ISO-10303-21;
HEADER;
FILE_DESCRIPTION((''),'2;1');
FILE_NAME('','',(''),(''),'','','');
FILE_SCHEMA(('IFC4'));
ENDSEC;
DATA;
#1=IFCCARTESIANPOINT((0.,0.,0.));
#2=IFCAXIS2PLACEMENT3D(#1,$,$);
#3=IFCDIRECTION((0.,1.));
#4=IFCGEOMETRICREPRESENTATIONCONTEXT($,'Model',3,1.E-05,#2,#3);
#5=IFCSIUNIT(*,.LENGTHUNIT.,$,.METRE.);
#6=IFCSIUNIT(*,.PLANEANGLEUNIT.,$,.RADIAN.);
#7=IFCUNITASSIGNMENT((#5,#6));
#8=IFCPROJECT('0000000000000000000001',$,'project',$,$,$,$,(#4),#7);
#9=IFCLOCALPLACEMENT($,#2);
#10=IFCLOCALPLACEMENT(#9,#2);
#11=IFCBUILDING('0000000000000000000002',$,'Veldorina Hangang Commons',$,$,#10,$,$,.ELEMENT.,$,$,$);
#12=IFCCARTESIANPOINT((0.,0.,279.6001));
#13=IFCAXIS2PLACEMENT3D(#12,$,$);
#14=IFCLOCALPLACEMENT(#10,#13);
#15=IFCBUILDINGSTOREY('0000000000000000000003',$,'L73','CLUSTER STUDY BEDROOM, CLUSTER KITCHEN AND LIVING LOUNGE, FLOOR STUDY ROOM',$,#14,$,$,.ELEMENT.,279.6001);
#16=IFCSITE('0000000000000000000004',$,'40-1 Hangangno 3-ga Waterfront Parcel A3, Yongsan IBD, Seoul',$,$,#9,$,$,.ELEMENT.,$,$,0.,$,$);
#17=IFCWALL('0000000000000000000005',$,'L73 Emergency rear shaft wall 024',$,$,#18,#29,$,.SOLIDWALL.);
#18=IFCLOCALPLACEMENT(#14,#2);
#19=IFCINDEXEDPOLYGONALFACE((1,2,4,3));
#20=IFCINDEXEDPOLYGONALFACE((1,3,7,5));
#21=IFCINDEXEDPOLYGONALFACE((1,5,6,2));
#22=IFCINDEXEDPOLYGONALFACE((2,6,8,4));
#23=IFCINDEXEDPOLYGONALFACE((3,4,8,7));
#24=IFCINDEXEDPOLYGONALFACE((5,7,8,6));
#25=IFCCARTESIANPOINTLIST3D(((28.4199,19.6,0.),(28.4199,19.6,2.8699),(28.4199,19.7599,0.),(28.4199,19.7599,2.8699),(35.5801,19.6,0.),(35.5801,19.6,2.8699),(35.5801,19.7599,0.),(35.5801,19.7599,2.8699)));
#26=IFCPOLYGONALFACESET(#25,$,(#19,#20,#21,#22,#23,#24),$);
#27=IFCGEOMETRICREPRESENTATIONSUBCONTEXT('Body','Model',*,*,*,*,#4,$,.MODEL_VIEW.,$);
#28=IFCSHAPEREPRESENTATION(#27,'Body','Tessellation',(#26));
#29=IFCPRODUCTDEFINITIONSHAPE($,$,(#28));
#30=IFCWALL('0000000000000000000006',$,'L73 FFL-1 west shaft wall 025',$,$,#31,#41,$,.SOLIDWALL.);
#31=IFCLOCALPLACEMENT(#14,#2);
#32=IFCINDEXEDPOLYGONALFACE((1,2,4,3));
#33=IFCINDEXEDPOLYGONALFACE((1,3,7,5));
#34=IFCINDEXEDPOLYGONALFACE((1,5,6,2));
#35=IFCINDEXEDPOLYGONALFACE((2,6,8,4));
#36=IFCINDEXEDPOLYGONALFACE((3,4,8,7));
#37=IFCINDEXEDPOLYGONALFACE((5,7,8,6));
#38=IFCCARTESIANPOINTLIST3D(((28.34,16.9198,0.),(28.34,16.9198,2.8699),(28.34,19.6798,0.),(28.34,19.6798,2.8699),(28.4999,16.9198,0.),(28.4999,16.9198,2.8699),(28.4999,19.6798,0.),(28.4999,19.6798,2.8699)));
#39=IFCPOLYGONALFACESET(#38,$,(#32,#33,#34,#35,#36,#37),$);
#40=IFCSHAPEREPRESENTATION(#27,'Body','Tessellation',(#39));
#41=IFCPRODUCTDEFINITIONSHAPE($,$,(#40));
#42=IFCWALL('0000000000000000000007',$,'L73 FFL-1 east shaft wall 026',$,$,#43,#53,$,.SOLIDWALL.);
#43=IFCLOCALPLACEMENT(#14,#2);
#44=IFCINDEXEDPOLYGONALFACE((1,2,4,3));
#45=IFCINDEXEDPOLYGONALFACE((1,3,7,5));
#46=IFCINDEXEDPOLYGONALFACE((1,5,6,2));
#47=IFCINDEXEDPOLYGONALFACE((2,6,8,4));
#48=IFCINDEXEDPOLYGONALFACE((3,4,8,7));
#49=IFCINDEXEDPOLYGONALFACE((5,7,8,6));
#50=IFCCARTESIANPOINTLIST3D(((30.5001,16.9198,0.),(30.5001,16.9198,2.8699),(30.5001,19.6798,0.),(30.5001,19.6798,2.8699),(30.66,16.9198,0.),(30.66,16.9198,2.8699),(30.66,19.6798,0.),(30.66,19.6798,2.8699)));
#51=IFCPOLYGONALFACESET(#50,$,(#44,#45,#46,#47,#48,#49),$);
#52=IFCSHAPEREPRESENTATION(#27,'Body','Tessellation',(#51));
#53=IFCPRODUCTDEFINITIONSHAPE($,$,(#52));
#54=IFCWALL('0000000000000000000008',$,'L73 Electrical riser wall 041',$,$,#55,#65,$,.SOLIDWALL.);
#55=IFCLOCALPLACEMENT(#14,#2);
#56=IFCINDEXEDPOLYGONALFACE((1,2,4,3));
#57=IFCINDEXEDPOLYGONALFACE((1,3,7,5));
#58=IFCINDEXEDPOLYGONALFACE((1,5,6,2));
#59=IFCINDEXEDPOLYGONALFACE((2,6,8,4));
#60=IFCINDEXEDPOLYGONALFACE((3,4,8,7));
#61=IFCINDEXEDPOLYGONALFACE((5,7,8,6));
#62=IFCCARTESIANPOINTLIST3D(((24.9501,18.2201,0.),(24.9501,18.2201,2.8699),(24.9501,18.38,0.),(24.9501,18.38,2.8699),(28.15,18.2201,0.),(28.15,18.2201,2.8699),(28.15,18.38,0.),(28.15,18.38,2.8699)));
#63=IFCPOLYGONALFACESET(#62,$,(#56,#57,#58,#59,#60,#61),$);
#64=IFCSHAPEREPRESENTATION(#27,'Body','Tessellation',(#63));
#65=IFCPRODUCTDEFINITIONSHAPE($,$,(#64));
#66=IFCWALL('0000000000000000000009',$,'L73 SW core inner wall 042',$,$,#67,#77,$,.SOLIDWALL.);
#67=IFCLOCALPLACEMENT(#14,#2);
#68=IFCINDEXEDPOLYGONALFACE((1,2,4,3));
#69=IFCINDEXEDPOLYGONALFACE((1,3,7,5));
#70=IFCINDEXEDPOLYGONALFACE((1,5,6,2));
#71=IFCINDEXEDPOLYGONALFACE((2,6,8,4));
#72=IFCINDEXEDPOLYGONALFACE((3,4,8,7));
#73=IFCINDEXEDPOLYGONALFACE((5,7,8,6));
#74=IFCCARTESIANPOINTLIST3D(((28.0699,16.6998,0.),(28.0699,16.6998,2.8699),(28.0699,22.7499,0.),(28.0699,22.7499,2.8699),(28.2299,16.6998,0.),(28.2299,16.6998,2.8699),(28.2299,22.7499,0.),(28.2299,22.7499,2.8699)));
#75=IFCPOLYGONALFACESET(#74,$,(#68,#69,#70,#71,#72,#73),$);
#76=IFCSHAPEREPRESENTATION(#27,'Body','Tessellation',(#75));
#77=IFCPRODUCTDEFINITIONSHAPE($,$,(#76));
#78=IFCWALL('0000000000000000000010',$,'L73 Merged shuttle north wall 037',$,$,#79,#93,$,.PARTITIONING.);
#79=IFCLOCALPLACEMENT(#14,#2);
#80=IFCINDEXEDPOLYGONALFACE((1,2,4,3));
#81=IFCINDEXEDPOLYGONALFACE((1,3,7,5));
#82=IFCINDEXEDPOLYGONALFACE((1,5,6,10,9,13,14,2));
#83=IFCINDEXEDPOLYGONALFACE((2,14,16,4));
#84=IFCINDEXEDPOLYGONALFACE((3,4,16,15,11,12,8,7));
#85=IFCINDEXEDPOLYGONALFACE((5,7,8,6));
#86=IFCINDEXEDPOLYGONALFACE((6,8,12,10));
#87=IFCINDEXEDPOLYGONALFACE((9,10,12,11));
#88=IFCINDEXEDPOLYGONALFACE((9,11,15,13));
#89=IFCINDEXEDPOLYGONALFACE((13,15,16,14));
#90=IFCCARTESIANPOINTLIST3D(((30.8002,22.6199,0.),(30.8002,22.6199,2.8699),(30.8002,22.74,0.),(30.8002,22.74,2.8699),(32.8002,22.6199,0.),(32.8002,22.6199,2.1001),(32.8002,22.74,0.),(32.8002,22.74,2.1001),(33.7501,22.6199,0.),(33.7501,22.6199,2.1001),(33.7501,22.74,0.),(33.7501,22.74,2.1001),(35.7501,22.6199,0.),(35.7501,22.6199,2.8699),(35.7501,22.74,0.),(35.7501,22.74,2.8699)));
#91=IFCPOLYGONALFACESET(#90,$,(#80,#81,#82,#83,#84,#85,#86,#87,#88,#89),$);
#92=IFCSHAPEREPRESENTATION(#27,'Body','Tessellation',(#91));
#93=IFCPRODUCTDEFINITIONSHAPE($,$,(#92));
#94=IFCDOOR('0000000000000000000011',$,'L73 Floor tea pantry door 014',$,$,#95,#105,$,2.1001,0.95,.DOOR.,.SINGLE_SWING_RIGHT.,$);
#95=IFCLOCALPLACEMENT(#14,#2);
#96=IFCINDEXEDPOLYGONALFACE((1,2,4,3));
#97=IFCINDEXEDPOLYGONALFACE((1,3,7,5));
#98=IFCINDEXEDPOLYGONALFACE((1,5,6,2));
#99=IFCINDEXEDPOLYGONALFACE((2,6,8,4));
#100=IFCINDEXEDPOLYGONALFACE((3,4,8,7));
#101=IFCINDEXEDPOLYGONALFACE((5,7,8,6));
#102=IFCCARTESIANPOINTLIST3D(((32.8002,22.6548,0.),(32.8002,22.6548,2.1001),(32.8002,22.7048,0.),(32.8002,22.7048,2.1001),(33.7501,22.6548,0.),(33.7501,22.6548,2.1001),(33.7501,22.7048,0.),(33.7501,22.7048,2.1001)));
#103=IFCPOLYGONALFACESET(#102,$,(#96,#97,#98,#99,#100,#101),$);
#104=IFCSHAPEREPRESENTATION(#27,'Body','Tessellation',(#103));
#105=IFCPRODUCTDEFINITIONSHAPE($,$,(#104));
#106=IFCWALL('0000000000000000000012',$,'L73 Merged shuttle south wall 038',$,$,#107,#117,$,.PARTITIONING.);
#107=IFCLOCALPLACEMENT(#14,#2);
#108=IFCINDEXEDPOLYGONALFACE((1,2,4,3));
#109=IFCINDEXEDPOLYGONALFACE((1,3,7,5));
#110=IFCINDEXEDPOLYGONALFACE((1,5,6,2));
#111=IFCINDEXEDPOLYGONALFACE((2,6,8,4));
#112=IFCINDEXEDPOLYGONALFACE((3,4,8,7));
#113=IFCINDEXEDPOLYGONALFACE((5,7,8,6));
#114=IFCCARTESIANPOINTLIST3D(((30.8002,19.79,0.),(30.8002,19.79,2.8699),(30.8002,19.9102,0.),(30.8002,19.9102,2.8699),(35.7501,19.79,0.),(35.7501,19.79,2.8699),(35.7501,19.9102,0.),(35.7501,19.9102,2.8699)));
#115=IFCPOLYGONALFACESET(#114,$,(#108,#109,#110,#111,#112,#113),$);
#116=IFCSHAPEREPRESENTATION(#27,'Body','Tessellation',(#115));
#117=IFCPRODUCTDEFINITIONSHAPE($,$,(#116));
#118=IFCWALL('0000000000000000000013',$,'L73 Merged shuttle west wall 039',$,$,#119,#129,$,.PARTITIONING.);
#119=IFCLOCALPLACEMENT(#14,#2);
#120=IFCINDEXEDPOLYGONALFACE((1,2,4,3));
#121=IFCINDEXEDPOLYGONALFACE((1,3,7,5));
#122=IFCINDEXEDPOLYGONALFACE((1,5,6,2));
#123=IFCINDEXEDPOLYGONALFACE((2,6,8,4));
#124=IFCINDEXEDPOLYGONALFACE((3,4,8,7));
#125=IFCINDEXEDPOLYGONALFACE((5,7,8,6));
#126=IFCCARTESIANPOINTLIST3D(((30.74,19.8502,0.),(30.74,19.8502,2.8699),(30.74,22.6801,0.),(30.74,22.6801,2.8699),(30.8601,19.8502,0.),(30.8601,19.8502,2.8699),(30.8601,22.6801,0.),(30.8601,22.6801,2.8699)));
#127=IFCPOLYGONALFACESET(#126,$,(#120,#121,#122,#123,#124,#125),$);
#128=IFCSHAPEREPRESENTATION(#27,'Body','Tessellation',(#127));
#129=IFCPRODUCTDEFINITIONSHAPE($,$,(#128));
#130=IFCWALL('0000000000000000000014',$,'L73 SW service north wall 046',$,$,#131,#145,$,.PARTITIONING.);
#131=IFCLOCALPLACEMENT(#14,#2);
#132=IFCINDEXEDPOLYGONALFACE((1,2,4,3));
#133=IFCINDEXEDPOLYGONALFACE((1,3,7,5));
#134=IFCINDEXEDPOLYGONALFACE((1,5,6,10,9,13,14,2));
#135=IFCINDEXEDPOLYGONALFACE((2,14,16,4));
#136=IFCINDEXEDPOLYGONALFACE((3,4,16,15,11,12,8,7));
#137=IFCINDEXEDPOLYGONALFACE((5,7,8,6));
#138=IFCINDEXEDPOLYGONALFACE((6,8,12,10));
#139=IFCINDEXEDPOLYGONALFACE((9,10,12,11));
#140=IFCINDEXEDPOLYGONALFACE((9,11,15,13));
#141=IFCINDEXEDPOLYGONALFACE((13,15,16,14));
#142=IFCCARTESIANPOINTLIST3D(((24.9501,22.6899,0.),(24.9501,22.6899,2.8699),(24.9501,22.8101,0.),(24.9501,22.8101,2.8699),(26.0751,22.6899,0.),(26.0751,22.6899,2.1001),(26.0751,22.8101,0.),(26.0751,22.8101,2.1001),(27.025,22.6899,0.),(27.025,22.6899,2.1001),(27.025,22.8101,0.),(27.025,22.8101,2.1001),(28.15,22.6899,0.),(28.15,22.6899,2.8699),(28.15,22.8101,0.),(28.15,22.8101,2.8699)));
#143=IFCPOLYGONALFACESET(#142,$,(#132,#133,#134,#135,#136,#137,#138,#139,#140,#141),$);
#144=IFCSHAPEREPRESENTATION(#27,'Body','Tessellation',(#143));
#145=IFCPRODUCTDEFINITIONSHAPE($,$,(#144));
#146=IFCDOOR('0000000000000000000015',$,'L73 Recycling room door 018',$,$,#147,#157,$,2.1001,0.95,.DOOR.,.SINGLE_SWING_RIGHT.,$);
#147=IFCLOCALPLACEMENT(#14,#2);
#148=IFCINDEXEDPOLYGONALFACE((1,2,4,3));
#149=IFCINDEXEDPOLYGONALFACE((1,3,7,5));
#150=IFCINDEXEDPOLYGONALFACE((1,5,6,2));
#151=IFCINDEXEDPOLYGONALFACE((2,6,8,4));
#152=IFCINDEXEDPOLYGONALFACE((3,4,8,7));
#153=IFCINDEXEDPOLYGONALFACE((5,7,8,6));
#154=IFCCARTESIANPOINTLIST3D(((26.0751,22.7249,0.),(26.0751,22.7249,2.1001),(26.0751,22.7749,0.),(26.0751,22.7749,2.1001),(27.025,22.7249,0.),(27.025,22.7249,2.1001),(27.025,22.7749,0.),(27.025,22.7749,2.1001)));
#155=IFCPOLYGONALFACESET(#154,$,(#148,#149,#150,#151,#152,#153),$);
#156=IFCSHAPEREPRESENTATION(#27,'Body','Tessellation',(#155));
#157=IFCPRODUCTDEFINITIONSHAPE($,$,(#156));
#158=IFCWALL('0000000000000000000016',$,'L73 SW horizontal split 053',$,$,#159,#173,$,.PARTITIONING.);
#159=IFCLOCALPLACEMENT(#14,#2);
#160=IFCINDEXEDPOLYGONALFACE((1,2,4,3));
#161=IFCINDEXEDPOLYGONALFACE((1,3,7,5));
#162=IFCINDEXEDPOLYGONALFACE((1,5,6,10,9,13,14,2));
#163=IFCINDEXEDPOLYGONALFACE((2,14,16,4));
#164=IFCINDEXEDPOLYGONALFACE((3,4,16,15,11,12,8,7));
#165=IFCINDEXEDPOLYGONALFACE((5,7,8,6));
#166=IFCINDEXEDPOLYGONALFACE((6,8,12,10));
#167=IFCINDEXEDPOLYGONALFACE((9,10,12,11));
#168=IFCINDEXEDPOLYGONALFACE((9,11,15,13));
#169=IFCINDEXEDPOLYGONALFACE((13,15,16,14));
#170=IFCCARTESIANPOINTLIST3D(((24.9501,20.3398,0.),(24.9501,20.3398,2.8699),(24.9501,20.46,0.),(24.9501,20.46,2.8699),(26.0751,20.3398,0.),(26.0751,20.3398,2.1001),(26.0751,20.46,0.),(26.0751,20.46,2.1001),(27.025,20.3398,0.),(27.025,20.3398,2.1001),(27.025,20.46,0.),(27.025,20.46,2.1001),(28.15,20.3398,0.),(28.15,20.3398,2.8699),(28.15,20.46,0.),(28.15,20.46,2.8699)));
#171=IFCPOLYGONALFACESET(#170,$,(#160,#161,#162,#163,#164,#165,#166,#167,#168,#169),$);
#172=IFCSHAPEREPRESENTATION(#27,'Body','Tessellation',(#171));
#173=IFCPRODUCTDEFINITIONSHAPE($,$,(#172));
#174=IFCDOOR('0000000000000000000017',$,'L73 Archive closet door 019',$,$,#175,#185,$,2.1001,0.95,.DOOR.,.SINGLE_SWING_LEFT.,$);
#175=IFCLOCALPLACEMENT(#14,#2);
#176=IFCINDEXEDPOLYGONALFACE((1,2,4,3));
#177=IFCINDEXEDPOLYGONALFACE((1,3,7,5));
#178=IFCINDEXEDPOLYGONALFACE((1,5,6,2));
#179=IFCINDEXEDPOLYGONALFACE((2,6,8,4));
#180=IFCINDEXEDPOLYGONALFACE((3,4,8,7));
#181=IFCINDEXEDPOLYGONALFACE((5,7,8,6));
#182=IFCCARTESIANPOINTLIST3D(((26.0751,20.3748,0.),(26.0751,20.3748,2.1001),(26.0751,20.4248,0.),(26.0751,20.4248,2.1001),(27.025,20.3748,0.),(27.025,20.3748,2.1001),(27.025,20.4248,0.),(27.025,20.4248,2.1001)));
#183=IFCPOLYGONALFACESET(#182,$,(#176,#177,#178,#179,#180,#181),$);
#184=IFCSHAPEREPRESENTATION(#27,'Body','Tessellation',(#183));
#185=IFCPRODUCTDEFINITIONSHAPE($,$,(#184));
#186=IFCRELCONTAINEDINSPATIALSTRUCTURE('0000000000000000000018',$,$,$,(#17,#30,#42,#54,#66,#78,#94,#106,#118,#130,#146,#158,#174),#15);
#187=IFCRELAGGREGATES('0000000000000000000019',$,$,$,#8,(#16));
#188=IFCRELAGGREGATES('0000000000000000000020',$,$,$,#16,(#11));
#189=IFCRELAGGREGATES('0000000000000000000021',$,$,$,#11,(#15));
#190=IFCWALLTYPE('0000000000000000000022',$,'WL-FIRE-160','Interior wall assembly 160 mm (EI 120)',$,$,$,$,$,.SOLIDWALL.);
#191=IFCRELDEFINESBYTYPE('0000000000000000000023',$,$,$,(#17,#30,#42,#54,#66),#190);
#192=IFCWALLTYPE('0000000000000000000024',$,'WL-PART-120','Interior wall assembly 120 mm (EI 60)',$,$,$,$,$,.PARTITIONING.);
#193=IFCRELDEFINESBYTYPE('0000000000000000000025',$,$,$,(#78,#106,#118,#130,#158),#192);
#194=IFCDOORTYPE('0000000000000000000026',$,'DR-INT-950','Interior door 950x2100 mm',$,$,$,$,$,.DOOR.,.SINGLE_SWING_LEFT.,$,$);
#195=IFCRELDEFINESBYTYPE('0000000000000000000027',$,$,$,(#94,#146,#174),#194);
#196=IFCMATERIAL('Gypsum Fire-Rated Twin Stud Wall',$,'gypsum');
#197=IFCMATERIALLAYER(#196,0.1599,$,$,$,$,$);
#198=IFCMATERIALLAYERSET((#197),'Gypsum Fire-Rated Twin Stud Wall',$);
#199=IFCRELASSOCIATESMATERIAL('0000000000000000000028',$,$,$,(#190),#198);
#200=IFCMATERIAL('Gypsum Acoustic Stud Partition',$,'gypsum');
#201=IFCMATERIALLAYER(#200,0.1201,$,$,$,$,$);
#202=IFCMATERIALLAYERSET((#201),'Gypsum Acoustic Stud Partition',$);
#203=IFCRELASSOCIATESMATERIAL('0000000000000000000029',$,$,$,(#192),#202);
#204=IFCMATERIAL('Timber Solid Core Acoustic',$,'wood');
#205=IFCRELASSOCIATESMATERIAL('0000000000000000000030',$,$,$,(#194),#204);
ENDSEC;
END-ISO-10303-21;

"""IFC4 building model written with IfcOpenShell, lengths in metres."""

from ifc_helpers import new_model, si_unit, direction, frame, frame_2d, origin, place, context, subcontext, project, spatial, rectangle, extrude, material, layer, layer_set, type_object, element, fill, save


model = new_model("IFC4")

# Units and contexts
model_context = context("Model", 3, precision=1e-05, world=origin(), true_north=direction((0.0, 1.0)))
body_context = subcontext(model_context, "Body", "Model", "MODEL_VIEW")
ifc_project = project(units=[si_unit("LENGTHUNIT", "METRE"), si_unit("PLANEANGLEUNIT", "RADIAN")], contexts=[model_context])

# Site, building, storey
site_placement = place(None, origin())
site = spatial("IfcSite", under=ifc_project, at=site_placement, Name="40-1 Hangangno 3-ga Waterfront Parcel A3, Yongsan IBD, Seoul", CompositionType="ELEMENT", RefElevation=0.0)
building_placement = place(site_placement, origin())
building = spatial("IfcBuilding", under=site, at=building_placement, Name="Veldorina Hangang Commons", CompositionType="ELEMENT")
storey_placement = place(building_placement, frame((0.0, 0.0, 279.6001)))
storey = spatial("IfcBuildingStorey", under=building, at=storey_placement, Name="L73", Description="CLUSTER STUDY BEDROOM, CLUSTER KITCHEN AND LIVING LOUNGE, FLOOR STUDY ROOM", CompositionType="ELEMENT", Elevation=279.6001)

# Shared definitions
ifc_material_1 = material(Name="Gypsum Fire-Rated Twin Stud Wall", Category="gypsum")
ifc_layer_1 = layer(ifc_material_1, 0.1599)
ifc_layer_set_1 = layer_set([ifc_layer_1], Name="Gypsum Fire-Rated Twin Stud Wall")
wall_type_1 = type_object("IfcWallType", Name="WL-FIRE-160", Description="Interior wall assembly 160 mm (EI 120)", PredefinedType="SOLIDWALL", material=ifc_layer_set_1)

# Walls
wall_1_placement = place(storey_placement, frame((28.4199, 19.6799, 0.0), z_axis=(0.0, 0.0, 1.0), x_axis=(1.0, 0.0, 0.0)))
element("IfcWall", 1, at=wall_1_placement, inside=storey, type_object=wall_type_1, Name="L73 Emergency rear shaft wall 024", PredefinedType="SOLIDWALL", context=body_context, shape_type="SweptSolid", body=[
    extrude(rectangle(XDim=7.1602, YDim=0.1599, at=frame_2d((3.5801, 0.0))), origin(), (0.0, 0.0, 1.0), 2.8699),
])
for number, where, z_axis, x_axis, name in (
    (2, (28.4199, 16.9199, 0.0), (0.0, 0.0, 1.0), (0.0, 1.0, 0.0), "L73 FFL-1 west shaft wall 025"),
    (3, (30.5801, 16.9199, 0.0), (0.0, 0.0, 1.0), (0.0, 1.0, 0.0), "L73 FFL-1 east shaft wall 026"),
):
    element("IfcWall", number, at=place(storey_placement, frame(where, z_axis=z_axis, x_axis=x_axis)), inside=storey, type_object=wall_type_1, Name=name, PredefinedType="SOLIDWALL", context=body_context, shape_type="SweptSolid", body=[
        extrude(rectangle(XDim=2.76, YDim=0.1599, at=frame_2d((1.3799, 0.0))), origin(), (0.0, 0.0, 1.0), 2.8699),
    ])
wall_2_placement = place(storey_placement, frame((24.95, 18.3, 0.0), z_axis=(0.0, 0.0, 1.0), x_axis=(1.0, 0.0, 0.0)))
element("IfcWall", 4, at=wall_2_placement, inside=storey, type_object=wall_type_1, Name="L73 Electrical riser wall 041", PredefinedType="SOLIDWALL", context=body_context, shape_type="SweptSolid", body=[
    extrude(rectangle(XDim=3.2, YDim=0.1599, at=frame_2d((1.6001, 0.0))), origin(), (0.0, 0.0, 1.0), 2.8699),
])
wall_3_placement = place(storey_placement, frame((28.1499, 16.7, 0.0), z_axis=(0.0, 0.0, 1.0), x_axis=(0.0, 1.0, 0.0)))
element("IfcWall", 5, at=wall_3_placement, inside=storey, type_object=wall_type_1, Name="L73 SW core inner wall 042", PredefinedType="SOLIDWALL", context=body_context, shape_type="SweptSolid", body=[
    extrude(rectangle(XDim=6.05, YDim=0.1599, at=frame_2d((3.0249, 0.0))), origin(), (0.0, 0.0, 1.0), 2.8699),
])

# Wall, opening, door
ifc_material_2 = material(Name="Gypsum Acoustic Stud Partition", Category="gypsum")
ifc_layer_2 = layer(ifc_material_2, 0.1201)
ifc_layer_set_2 = layer_set([ifc_layer_2], Name="Gypsum Acoustic Stud Partition")
wall_type_2 = type_object("IfcWallType", Name="WL-PART-120", Description="Interior wall assembly 120 mm (EI 60)", PredefinedType="PARTITIONING", material=ifc_layer_set_2)
wall_4_placement = place(storey_placement, frame((30.8, 22.6799, 0.0), z_axis=(0.0, 0.0, 1.0), x_axis=(1.0, 0.0, 0.0)))
wall_4 = element("IfcWall", 6, at=wall_4_placement, inside=storey, type_object=wall_type_2, Name="L73 Merged shuttle north wall 037", PredefinedType="PARTITIONING", context=body_context, shape_type="SweptSolid", body=[
    extrude(rectangle(XDim=4.95, YDim=0.1201, at=frame_2d((2.4751, 0.0))), origin(), (0.0, 0.0, 1.0), 2.8699),
])
opening_1_placement = place(wall_4_placement, frame((2.0, 0.0, 0.0)))
opening_1 = element("IfcOpeningElement", 7, at=opening_1_placement, cuts=wall_4, PredefinedType="OPENING", context=body_context, shape_type="SweptSolid", body=[
    extrude(rectangle(XDim=0.95, YDim=2.1001, at=frame_2d((0.4751, 1.05))), frame((0.0, 0.0701, 0.0), z_axis=(0.0, -1.0, 0.0), x_axis=(1.0, 0.0, 0.0)), (0.0, 0.0, 1.0), 0.1401),
])
ifc_material_3 = material(Name="Timber Solid Core Acoustic", Category="wood")
door_type_1 = type_object("IfcDoorType", Name="DR-INT-950", Description="Interior door 950x2100 mm", OperationType="SINGLE_SWING_LEFT", PredefinedType="DOOR", material=ifc_material_3)
door_1_placement = place(opening_1_placement, origin())
door_1 = element("IfcDoor", 8, at=door_1_placement, inside=storey, type_object=door_type_1, Name="L73 Floor tea pantry door 014", OperationType="SINGLE_SWING_RIGHT", OverallHeight=2.1001, OverallWidth=0.95, PredefinedType="DOOR", context=body_context, shape_type="SweptSolid", body=[
    extrude(rectangle(XDim=0.95, YDim=2.1001, at=frame_2d((0.4751, 1.05))), frame((0.0, 0.0249, 0.0), z_axis=(0.0, -1.0, 0.0), x_axis=(1.0, 0.0, 0.0)), (0.0, 0.0, 1.0), 0.05),
])
fill(opening_1, door_1)

# Walls
wall_5_placement = place(storey_placement, frame((30.8, 19.8501, 0.0), z_axis=(0.0, 0.0, 1.0), x_axis=(1.0, 0.0, 0.0)))
element("IfcWall", 9, at=wall_5_placement, inside=storey, type_object=wall_type_2, Name="L73 Merged shuttle south wall 038", PredefinedType="PARTITIONING", context=body_context, shape_type="SweptSolid", body=[
    extrude(rectangle(XDim=4.95, YDim=0.1201, at=frame_2d((2.4751, 0.0))), origin(), (0.0, 0.0, 1.0), 2.8699),
])
wall_6_placement = place(storey_placement, frame((30.8, 19.8501, 0.0), z_axis=(0.0, 0.0, 1.0), x_axis=(0.0, 1.0, 0.0)))
element("IfcWall", 10, at=wall_6_placement, inside=storey, type_object=wall_type_2, Name="L73 Merged shuttle west wall 039", PredefinedType="PARTITIONING", context=body_context, shape_type="SweptSolid", body=[
    extrude(rectangle(XDim=2.8298, YDim=0.1201, at=frame_2d((1.415, 0.0))), origin(), (0.0, 0.0, 1.0), 2.8699),
])

# Walls, openings, doors
wall_7_placement = place(storey_placement, frame((24.95, 22.75, 0.0), z_axis=(0.0, 0.0, 1.0), x_axis=(1.0, 0.0, 0.0)))
wall_7 = element("IfcWall", 11, at=wall_7_placement, inside=storey, type_object=wall_type_2, Name="L73 SW service north wall 046", PredefinedType="PARTITIONING", context=body_context, shape_type="SweptSolid", body=[
    extrude(rectangle(XDim=3.2, YDim=0.1201, at=frame_2d((1.6001, 0.0))), origin(), (0.0, 0.0, 1.0), 2.8699),
])
opening_2_placement = place(wall_7_placement, frame((1.125, 0.0, 0.0)))
opening_2 = element("IfcOpeningElement", 12, at=opening_2_placement, cuts=wall_7, PredefinedType="OPENING", context=body_context, shape_type="SweptSolid", body=[
    extrude(rectangle(XDim=0.95, YDim=2.1001, at=frame_2d((0.4751, 1.05))), frame((0.0, 0.0701, 0.0), z_axis=(0.0, -1.0, 0.0), x_axis=(1.0, 0.0, 0.0)), (0.0, 0.0, 1.0), 0.1401),
])
door_2_placement = place(opening_2_placement, origin())
door_2 = element("IfcDoor", 13, at=door_2_placement, inside=storey, type_object=door_type_1, Name="L73 Recycling room door 018", OperationType="SINGLE_SWING_RIGHT", OverallHeight=2.1001, OverallWidth=0.95, PredefinedType="DOOR", context=body_context, shape_type="SweptSolid", body=[
    extrude(rectangle(XDim=0.95, YDim=2.1001, at=frame_2d((0.4751, 1.05))), frame((0.0, 0.0249, 0.0), z_axis=(0.0, -1.0, 0.0), x_axis=(1.0, 0.0, 0.0)), (0.0, 0.0, 1.0), 0.05),
])
fill(opening_2, door_2)
wall_8_placement = place(storey_placement, frame((24.95, 20.3999, 0.0), z_axis=(0.0, 0.0, 1.0), x_axis=(1.0, 0.0, 0.0)))
wall_8 = element("IfcWall", 14, at=wall_8_placement, inside=storey, type_object=wall_type_2, Name="L73 SW horizontal split 053", PredefinedType="PARTITIONING", context=body_context, shape_type="SweptSolid", body=[
    extrude(rectangle(XDim=3.2, YDim=0.1201, at=frame_2d((1.6001, 0.0))), origin(), (0.0, 0.0, 1.0), 2.8699),
])
opening_3_placement = place(wall_8_placement, frame((1.125, 0.0, 0.0)))
opening_3 = element("IfcOpeningElement", 15, at=opening_3_placement, cuts=wall_8, PredefinedType="OPENING", context=body_context, shape_type="SweptSolid", body=[
    extrude(rectangle(XDim=0.95, YDim=2.1001, at=frame_2d((0.4751, 1.05))), frame((0.0, 0.0701, 0.0), z_axis=(0.0, -1.0, 0.0), x_axis=(1.0, 0.0, 0.0)), (0.0, 0.0, 1.0), 0.1401),
])
door_3_placement = place(opening_3_placement, origin())
door_3 = element("IfcDoor", 16, at=door_3_placement, inside=storey, type_object=door_type_1, Name="L73 Archive closet door 019", OperationType="SINGLE_SWING_LEFT", OverallHeight=2.1001, OverallWidth=0.95, PredefinedType="DOOR", context=body_context, shape_type="SweptSolid", body=[
    extrude(rectangle(XDim=0.95, YDim=2.1001, at=frame_2d((0.4751, 1.05))), frame((0.0, 0.0249, 0.0), z_axis=(0.0, -1.0, 0.0), x_axis=(1.0, 0.0, 0.0)), (0.0, 0.0, 1.0), 0.05),
])
fill(opening_3, door_3)

save(model, "model.ifc")
